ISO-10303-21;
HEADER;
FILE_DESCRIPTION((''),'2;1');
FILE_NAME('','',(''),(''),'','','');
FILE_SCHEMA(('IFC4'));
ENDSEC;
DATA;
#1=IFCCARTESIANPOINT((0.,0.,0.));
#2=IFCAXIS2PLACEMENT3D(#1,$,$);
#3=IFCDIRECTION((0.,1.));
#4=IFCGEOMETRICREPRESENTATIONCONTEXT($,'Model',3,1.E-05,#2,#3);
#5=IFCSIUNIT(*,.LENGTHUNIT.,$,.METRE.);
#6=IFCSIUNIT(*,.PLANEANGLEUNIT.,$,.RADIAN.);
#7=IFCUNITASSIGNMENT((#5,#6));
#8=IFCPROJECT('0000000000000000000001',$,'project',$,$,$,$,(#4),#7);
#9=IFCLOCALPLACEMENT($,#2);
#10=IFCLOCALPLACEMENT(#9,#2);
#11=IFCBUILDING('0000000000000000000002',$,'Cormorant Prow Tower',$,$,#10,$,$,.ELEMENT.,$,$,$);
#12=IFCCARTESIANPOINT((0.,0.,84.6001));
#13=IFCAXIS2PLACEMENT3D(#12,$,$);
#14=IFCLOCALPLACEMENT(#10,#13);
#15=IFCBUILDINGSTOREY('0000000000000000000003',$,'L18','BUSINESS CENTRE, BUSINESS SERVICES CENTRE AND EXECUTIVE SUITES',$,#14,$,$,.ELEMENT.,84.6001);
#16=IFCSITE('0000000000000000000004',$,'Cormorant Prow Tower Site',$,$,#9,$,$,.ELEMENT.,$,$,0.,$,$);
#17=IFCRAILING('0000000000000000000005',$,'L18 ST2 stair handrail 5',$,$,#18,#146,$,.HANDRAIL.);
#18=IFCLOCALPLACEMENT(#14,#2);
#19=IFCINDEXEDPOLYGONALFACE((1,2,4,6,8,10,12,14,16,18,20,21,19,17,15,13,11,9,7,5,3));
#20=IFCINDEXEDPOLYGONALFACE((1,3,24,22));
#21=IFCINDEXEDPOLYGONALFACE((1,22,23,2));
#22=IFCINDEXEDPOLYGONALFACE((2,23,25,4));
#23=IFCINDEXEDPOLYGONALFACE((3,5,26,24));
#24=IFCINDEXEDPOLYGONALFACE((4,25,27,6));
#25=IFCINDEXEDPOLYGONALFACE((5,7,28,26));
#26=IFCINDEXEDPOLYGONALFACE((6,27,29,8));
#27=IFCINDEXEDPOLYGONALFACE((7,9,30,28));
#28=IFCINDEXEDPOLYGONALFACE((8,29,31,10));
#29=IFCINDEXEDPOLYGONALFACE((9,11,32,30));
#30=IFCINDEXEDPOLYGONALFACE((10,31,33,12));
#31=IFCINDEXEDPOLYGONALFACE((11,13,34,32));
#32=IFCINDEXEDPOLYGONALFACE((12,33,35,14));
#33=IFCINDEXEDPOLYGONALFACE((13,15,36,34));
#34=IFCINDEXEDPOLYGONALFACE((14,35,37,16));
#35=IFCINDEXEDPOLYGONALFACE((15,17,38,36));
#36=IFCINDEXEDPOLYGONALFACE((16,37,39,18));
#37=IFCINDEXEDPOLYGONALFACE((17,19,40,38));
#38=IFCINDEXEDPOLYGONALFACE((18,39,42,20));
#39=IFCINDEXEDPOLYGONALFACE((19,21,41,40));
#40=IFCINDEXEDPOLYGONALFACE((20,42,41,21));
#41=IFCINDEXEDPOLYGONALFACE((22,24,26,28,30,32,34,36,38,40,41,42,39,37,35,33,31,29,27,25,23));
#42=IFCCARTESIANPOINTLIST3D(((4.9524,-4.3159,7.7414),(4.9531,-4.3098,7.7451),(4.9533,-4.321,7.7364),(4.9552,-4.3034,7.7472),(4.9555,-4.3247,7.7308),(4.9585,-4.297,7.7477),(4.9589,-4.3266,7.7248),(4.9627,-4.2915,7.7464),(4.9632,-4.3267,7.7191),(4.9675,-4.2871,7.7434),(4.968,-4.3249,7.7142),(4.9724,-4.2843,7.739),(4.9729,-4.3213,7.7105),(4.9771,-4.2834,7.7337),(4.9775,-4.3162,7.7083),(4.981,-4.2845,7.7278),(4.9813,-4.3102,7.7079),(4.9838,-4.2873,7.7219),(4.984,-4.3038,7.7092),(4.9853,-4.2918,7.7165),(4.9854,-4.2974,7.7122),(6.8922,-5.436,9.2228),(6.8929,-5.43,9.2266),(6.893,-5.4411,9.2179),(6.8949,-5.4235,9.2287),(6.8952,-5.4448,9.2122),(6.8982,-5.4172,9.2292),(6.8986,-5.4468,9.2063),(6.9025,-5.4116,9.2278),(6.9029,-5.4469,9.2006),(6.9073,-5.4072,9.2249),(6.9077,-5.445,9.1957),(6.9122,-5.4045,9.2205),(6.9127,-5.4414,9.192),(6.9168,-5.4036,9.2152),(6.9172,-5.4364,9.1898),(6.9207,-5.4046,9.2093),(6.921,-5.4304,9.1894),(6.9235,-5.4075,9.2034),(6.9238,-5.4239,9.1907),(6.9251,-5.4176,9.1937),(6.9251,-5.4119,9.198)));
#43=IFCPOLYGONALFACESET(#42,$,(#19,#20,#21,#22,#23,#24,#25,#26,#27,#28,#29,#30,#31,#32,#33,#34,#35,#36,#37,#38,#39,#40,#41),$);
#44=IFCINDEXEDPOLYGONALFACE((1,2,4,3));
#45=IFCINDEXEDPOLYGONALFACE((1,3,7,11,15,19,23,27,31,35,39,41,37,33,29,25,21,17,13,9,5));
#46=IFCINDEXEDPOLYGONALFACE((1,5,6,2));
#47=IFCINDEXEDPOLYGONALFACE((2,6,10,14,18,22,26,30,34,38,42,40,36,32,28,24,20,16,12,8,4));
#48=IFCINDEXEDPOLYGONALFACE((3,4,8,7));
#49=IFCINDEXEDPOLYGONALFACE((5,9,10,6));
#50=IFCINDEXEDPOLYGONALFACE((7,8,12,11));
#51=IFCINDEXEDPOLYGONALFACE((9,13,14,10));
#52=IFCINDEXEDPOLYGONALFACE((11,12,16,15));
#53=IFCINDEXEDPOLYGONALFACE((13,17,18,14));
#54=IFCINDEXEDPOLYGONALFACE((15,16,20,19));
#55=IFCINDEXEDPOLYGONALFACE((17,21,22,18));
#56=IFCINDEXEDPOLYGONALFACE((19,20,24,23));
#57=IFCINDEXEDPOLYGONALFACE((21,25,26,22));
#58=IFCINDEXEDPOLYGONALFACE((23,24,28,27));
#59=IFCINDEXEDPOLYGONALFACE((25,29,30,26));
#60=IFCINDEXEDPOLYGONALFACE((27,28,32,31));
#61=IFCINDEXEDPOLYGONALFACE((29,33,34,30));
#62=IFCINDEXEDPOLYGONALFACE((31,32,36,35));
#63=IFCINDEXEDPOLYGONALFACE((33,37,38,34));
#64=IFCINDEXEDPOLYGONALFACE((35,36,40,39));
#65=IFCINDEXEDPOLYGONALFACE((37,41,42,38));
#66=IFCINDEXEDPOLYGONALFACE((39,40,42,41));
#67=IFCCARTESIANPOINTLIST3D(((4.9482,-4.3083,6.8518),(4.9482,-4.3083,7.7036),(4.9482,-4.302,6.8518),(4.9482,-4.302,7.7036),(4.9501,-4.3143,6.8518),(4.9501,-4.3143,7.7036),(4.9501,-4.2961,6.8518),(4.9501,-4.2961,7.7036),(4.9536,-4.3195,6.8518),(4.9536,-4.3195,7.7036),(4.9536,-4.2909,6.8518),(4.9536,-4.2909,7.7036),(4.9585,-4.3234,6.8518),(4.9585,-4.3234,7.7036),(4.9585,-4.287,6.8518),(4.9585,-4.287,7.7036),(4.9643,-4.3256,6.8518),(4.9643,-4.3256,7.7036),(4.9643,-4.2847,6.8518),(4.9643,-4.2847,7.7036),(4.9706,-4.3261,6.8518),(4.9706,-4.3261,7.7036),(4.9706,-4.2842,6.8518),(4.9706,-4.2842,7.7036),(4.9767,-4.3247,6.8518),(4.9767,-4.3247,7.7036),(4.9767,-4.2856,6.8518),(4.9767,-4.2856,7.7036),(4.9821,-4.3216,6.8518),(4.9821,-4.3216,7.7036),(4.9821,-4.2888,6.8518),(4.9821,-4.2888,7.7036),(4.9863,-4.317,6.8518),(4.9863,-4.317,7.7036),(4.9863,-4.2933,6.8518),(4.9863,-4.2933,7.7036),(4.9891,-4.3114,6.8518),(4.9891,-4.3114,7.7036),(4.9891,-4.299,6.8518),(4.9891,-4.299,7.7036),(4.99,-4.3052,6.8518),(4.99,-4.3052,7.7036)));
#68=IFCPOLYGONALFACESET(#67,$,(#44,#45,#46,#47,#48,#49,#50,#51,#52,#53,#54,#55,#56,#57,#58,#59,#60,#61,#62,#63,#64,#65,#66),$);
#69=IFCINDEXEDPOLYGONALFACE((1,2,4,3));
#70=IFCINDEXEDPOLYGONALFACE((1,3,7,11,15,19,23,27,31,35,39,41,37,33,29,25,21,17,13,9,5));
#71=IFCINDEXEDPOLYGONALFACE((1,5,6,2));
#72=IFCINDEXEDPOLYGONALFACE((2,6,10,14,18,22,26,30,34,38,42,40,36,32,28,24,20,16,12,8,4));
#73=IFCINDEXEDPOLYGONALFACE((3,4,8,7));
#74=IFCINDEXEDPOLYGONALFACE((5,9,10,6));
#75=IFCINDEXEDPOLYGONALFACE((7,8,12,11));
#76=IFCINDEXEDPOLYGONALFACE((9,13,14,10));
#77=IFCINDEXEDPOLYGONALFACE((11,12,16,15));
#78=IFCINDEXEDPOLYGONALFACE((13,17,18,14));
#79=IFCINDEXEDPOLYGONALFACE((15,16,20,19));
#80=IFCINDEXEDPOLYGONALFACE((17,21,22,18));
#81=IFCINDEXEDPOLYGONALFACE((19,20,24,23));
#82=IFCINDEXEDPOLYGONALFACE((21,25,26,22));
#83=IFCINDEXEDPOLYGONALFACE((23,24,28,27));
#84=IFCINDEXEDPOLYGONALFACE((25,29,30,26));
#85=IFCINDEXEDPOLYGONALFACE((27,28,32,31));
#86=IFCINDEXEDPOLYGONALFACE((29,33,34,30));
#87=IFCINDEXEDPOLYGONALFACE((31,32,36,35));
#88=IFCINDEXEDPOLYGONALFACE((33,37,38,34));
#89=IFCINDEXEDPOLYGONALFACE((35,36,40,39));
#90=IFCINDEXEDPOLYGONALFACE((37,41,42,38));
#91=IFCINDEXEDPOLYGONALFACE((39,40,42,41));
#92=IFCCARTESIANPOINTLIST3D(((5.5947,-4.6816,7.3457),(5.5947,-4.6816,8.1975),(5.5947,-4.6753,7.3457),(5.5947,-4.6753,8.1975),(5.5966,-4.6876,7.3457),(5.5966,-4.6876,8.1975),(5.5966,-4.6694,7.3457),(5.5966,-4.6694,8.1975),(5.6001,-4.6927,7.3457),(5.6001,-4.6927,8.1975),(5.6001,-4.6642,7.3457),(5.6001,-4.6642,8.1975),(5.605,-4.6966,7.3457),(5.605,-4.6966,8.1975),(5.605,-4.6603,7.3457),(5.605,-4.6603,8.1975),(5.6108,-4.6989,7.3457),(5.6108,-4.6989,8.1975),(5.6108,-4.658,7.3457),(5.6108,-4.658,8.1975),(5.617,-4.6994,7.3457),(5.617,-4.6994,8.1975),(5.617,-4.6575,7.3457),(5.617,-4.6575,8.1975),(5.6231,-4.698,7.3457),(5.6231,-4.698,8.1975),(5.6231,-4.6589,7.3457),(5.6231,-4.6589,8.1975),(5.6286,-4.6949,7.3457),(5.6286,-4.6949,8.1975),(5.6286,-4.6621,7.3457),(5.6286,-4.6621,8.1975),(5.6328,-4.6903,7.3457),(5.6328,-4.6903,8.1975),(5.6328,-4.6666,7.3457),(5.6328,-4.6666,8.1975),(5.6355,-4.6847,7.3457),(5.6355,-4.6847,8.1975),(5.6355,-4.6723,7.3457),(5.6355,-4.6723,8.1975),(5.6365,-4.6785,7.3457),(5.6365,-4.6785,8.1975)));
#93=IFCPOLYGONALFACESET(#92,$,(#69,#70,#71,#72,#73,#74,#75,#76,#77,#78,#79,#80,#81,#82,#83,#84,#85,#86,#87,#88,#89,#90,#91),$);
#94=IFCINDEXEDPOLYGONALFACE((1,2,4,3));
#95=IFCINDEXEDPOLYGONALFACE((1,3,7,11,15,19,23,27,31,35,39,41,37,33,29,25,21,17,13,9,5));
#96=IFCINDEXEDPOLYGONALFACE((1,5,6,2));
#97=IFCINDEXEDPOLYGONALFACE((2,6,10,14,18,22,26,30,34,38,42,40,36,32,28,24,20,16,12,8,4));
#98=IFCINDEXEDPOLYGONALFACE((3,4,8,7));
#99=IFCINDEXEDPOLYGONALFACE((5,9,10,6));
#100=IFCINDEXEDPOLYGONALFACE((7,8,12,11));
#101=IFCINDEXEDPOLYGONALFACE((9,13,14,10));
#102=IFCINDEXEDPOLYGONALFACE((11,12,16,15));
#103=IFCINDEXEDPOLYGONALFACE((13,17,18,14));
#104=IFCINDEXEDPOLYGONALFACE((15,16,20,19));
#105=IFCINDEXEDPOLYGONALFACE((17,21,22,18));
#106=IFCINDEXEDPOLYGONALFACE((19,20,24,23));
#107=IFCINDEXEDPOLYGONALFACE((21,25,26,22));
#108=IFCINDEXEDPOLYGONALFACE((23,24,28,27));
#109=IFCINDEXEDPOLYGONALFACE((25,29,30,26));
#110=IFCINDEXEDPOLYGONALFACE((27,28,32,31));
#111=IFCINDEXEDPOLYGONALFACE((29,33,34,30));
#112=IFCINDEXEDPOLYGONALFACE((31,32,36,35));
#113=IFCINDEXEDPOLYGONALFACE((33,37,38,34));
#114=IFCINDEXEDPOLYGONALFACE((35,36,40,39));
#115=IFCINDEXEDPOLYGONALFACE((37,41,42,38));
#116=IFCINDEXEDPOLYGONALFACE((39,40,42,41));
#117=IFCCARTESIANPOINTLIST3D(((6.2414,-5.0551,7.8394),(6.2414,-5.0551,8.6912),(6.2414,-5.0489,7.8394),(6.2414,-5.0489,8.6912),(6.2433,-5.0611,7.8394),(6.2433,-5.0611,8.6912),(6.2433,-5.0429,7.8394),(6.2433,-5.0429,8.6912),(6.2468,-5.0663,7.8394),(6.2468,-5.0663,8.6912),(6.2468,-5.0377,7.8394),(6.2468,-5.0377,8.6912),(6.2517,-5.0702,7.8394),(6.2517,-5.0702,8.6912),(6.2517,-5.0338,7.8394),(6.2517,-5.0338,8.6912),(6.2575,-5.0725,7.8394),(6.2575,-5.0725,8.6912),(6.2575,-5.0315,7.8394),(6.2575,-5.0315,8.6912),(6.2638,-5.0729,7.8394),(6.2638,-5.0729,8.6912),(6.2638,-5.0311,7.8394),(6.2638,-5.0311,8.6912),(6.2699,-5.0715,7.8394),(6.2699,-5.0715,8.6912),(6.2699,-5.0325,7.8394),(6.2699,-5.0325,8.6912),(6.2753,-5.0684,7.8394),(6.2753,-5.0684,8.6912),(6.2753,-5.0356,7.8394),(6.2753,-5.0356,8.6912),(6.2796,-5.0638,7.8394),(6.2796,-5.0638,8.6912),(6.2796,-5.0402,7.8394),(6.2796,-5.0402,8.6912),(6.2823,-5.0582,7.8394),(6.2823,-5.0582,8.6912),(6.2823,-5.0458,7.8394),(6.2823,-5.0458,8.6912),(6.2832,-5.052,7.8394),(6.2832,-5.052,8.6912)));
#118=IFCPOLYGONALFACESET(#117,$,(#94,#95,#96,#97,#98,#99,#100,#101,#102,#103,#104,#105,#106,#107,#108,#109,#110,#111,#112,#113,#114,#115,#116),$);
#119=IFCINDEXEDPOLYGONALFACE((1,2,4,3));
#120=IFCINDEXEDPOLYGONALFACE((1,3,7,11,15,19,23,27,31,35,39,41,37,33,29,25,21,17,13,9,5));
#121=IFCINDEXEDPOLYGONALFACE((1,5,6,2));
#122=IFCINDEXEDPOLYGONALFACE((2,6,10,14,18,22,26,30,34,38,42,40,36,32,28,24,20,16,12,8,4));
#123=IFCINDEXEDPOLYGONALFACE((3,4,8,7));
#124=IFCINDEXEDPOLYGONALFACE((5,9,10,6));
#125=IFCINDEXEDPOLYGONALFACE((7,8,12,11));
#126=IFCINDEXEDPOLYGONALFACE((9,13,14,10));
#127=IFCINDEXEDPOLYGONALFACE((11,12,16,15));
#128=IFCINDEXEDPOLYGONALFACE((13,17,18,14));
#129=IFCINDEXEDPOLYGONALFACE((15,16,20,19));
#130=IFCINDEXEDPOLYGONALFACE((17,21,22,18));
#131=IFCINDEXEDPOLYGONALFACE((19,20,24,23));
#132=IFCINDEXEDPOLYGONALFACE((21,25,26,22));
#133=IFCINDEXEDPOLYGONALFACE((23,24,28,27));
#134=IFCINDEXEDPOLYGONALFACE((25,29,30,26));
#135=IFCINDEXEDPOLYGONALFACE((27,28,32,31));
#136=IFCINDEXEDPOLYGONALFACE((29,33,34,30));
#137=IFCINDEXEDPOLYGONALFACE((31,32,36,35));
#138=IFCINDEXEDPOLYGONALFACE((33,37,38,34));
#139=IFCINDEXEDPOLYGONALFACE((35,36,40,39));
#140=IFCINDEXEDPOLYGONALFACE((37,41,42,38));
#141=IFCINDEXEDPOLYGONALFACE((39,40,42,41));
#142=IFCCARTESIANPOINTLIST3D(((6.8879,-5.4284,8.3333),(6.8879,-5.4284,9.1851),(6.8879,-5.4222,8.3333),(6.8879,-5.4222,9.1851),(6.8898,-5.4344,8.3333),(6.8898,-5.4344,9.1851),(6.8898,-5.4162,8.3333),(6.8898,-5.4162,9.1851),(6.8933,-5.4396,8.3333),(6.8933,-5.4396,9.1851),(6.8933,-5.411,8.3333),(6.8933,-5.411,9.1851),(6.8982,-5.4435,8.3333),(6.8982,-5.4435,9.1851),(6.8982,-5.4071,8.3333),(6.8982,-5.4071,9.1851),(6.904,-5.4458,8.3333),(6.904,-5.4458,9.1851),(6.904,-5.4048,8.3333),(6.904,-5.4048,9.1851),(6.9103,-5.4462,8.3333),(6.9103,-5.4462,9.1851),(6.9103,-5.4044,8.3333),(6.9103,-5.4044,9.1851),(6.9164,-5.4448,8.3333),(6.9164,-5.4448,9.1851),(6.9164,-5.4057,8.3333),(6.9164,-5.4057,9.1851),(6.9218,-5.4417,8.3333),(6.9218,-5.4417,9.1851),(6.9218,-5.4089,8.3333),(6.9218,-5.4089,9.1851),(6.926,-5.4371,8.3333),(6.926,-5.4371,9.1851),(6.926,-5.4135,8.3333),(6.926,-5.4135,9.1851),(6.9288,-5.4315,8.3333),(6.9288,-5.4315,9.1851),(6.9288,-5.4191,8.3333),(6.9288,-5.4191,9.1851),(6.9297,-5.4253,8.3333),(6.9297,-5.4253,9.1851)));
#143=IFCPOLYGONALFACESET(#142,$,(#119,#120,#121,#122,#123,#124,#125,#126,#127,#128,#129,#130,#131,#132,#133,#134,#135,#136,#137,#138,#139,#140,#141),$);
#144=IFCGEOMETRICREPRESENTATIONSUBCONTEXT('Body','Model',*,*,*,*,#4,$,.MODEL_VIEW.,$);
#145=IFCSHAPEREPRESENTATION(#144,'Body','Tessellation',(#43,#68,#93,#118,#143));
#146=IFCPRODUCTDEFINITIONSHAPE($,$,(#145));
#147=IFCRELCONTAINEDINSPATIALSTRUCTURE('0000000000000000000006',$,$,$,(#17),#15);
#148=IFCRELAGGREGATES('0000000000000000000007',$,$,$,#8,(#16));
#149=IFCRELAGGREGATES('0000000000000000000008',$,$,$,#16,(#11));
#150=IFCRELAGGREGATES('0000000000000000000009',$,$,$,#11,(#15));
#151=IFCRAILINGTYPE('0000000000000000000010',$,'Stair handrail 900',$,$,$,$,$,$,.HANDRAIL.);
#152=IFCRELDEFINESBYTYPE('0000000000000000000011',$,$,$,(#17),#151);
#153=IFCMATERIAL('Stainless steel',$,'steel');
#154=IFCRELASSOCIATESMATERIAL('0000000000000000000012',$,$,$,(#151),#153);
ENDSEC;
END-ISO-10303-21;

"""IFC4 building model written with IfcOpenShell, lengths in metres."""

from ifc_helpers import new_model, si_unit, direction, frame, origin, origin_2d, place, context, subcontext, project, spatial, circle, extrude, material, type_object, element, save


model = new_model("IFC4")

# Units and contexts
model_context = context("Model", 3, precision=1e-05, world=origin(), true_north=direction((0.0, 1.0)))
body_context = subcontext(model_context, "Body", "Model", "MODEL_VIEW")
ifc_project = project(units=[si_unit("LENGTHUNIT", "METRE"), si_unit("PLANEANGLEUNIT", "RADIAN")], contexts=[model_context])

# Site, building, storey
site_placement = place(None, origin())
site = spatial("IfcSite", under=ifc_project, at=site_placement, Name="Cormorant Prow Tower Site", CompositionType="ELEMENT", RefElevation=0.0)
building_placement = place(site_placement, origin())
building = spatial("IfcBuilding", under=site, at=building_placement, Name="Cormorant Prow Tower", CompositionType="ELEMENT")
storey_placement = place(building_placement, frame((0.0, 0.0, 84.6001)))
storey = spatial("IfcBuildingStorey", under=building, at=storey_placement, Name="L18", Description="BUSINESS CENTRE, BUSINESS SERVICES CENTRE AND EXECUTIVE SUITES", CompositionType="ELEMENT", Elevation=84.6001)

# Railing
ifc_material_1 = material(Name="Stainless steel", Category="steel")
railing_type_1 = type_object("IfcRailingType", Name="Stair handrail 900", PredefinedType="HANDRAIL", material=ifc_material_1)
railing_1_placement = place(storey_placement, frame((4.969, -4.3052, 6.8518)))
element("IfcRailing", 1, at=railing_1_placement, inside=storey, type_object=railing_type_1, Name="L18 ST2 stair handrail 5", PredefinedType="HANDRAIL", context=body_context, shape_type="SweptSolid", body=[
    extrude(circle(Radius=0.0239, at=origin_2d()), frame((0.0, 0.0, 0.876), z_axis=(0.722292, -0.417102, 0.551651), x_axis=(0.500078, 0.86598, 0.0)), (0.0, 0.0, 1.0), 2.6855),
    extrude(circle(Radius=0.021, at=origin_2d()), origin(), (0.0, 0.0, 1.0), 0.8518),
    extrude(circle(Radius=0.021, at=origin_2d()), frame((0.6465, -0.3733, 0.4939)), (0.0, 0.0, 1.0), 0.8518),
    extrude(circle(Radius=0.021, at=origin_2d()), frame((1.2932, -0.7468, 0.9875)), (0.0, 0.0, 1.0), 0.8518),
    extrude(circle(Radius=0.021, at=origin_2d()), frame((1.9397, -1.1201, 1.4814)), (0.0, 0.0, 1.0), 0.8518),
])

save(model, "model.ifc")
